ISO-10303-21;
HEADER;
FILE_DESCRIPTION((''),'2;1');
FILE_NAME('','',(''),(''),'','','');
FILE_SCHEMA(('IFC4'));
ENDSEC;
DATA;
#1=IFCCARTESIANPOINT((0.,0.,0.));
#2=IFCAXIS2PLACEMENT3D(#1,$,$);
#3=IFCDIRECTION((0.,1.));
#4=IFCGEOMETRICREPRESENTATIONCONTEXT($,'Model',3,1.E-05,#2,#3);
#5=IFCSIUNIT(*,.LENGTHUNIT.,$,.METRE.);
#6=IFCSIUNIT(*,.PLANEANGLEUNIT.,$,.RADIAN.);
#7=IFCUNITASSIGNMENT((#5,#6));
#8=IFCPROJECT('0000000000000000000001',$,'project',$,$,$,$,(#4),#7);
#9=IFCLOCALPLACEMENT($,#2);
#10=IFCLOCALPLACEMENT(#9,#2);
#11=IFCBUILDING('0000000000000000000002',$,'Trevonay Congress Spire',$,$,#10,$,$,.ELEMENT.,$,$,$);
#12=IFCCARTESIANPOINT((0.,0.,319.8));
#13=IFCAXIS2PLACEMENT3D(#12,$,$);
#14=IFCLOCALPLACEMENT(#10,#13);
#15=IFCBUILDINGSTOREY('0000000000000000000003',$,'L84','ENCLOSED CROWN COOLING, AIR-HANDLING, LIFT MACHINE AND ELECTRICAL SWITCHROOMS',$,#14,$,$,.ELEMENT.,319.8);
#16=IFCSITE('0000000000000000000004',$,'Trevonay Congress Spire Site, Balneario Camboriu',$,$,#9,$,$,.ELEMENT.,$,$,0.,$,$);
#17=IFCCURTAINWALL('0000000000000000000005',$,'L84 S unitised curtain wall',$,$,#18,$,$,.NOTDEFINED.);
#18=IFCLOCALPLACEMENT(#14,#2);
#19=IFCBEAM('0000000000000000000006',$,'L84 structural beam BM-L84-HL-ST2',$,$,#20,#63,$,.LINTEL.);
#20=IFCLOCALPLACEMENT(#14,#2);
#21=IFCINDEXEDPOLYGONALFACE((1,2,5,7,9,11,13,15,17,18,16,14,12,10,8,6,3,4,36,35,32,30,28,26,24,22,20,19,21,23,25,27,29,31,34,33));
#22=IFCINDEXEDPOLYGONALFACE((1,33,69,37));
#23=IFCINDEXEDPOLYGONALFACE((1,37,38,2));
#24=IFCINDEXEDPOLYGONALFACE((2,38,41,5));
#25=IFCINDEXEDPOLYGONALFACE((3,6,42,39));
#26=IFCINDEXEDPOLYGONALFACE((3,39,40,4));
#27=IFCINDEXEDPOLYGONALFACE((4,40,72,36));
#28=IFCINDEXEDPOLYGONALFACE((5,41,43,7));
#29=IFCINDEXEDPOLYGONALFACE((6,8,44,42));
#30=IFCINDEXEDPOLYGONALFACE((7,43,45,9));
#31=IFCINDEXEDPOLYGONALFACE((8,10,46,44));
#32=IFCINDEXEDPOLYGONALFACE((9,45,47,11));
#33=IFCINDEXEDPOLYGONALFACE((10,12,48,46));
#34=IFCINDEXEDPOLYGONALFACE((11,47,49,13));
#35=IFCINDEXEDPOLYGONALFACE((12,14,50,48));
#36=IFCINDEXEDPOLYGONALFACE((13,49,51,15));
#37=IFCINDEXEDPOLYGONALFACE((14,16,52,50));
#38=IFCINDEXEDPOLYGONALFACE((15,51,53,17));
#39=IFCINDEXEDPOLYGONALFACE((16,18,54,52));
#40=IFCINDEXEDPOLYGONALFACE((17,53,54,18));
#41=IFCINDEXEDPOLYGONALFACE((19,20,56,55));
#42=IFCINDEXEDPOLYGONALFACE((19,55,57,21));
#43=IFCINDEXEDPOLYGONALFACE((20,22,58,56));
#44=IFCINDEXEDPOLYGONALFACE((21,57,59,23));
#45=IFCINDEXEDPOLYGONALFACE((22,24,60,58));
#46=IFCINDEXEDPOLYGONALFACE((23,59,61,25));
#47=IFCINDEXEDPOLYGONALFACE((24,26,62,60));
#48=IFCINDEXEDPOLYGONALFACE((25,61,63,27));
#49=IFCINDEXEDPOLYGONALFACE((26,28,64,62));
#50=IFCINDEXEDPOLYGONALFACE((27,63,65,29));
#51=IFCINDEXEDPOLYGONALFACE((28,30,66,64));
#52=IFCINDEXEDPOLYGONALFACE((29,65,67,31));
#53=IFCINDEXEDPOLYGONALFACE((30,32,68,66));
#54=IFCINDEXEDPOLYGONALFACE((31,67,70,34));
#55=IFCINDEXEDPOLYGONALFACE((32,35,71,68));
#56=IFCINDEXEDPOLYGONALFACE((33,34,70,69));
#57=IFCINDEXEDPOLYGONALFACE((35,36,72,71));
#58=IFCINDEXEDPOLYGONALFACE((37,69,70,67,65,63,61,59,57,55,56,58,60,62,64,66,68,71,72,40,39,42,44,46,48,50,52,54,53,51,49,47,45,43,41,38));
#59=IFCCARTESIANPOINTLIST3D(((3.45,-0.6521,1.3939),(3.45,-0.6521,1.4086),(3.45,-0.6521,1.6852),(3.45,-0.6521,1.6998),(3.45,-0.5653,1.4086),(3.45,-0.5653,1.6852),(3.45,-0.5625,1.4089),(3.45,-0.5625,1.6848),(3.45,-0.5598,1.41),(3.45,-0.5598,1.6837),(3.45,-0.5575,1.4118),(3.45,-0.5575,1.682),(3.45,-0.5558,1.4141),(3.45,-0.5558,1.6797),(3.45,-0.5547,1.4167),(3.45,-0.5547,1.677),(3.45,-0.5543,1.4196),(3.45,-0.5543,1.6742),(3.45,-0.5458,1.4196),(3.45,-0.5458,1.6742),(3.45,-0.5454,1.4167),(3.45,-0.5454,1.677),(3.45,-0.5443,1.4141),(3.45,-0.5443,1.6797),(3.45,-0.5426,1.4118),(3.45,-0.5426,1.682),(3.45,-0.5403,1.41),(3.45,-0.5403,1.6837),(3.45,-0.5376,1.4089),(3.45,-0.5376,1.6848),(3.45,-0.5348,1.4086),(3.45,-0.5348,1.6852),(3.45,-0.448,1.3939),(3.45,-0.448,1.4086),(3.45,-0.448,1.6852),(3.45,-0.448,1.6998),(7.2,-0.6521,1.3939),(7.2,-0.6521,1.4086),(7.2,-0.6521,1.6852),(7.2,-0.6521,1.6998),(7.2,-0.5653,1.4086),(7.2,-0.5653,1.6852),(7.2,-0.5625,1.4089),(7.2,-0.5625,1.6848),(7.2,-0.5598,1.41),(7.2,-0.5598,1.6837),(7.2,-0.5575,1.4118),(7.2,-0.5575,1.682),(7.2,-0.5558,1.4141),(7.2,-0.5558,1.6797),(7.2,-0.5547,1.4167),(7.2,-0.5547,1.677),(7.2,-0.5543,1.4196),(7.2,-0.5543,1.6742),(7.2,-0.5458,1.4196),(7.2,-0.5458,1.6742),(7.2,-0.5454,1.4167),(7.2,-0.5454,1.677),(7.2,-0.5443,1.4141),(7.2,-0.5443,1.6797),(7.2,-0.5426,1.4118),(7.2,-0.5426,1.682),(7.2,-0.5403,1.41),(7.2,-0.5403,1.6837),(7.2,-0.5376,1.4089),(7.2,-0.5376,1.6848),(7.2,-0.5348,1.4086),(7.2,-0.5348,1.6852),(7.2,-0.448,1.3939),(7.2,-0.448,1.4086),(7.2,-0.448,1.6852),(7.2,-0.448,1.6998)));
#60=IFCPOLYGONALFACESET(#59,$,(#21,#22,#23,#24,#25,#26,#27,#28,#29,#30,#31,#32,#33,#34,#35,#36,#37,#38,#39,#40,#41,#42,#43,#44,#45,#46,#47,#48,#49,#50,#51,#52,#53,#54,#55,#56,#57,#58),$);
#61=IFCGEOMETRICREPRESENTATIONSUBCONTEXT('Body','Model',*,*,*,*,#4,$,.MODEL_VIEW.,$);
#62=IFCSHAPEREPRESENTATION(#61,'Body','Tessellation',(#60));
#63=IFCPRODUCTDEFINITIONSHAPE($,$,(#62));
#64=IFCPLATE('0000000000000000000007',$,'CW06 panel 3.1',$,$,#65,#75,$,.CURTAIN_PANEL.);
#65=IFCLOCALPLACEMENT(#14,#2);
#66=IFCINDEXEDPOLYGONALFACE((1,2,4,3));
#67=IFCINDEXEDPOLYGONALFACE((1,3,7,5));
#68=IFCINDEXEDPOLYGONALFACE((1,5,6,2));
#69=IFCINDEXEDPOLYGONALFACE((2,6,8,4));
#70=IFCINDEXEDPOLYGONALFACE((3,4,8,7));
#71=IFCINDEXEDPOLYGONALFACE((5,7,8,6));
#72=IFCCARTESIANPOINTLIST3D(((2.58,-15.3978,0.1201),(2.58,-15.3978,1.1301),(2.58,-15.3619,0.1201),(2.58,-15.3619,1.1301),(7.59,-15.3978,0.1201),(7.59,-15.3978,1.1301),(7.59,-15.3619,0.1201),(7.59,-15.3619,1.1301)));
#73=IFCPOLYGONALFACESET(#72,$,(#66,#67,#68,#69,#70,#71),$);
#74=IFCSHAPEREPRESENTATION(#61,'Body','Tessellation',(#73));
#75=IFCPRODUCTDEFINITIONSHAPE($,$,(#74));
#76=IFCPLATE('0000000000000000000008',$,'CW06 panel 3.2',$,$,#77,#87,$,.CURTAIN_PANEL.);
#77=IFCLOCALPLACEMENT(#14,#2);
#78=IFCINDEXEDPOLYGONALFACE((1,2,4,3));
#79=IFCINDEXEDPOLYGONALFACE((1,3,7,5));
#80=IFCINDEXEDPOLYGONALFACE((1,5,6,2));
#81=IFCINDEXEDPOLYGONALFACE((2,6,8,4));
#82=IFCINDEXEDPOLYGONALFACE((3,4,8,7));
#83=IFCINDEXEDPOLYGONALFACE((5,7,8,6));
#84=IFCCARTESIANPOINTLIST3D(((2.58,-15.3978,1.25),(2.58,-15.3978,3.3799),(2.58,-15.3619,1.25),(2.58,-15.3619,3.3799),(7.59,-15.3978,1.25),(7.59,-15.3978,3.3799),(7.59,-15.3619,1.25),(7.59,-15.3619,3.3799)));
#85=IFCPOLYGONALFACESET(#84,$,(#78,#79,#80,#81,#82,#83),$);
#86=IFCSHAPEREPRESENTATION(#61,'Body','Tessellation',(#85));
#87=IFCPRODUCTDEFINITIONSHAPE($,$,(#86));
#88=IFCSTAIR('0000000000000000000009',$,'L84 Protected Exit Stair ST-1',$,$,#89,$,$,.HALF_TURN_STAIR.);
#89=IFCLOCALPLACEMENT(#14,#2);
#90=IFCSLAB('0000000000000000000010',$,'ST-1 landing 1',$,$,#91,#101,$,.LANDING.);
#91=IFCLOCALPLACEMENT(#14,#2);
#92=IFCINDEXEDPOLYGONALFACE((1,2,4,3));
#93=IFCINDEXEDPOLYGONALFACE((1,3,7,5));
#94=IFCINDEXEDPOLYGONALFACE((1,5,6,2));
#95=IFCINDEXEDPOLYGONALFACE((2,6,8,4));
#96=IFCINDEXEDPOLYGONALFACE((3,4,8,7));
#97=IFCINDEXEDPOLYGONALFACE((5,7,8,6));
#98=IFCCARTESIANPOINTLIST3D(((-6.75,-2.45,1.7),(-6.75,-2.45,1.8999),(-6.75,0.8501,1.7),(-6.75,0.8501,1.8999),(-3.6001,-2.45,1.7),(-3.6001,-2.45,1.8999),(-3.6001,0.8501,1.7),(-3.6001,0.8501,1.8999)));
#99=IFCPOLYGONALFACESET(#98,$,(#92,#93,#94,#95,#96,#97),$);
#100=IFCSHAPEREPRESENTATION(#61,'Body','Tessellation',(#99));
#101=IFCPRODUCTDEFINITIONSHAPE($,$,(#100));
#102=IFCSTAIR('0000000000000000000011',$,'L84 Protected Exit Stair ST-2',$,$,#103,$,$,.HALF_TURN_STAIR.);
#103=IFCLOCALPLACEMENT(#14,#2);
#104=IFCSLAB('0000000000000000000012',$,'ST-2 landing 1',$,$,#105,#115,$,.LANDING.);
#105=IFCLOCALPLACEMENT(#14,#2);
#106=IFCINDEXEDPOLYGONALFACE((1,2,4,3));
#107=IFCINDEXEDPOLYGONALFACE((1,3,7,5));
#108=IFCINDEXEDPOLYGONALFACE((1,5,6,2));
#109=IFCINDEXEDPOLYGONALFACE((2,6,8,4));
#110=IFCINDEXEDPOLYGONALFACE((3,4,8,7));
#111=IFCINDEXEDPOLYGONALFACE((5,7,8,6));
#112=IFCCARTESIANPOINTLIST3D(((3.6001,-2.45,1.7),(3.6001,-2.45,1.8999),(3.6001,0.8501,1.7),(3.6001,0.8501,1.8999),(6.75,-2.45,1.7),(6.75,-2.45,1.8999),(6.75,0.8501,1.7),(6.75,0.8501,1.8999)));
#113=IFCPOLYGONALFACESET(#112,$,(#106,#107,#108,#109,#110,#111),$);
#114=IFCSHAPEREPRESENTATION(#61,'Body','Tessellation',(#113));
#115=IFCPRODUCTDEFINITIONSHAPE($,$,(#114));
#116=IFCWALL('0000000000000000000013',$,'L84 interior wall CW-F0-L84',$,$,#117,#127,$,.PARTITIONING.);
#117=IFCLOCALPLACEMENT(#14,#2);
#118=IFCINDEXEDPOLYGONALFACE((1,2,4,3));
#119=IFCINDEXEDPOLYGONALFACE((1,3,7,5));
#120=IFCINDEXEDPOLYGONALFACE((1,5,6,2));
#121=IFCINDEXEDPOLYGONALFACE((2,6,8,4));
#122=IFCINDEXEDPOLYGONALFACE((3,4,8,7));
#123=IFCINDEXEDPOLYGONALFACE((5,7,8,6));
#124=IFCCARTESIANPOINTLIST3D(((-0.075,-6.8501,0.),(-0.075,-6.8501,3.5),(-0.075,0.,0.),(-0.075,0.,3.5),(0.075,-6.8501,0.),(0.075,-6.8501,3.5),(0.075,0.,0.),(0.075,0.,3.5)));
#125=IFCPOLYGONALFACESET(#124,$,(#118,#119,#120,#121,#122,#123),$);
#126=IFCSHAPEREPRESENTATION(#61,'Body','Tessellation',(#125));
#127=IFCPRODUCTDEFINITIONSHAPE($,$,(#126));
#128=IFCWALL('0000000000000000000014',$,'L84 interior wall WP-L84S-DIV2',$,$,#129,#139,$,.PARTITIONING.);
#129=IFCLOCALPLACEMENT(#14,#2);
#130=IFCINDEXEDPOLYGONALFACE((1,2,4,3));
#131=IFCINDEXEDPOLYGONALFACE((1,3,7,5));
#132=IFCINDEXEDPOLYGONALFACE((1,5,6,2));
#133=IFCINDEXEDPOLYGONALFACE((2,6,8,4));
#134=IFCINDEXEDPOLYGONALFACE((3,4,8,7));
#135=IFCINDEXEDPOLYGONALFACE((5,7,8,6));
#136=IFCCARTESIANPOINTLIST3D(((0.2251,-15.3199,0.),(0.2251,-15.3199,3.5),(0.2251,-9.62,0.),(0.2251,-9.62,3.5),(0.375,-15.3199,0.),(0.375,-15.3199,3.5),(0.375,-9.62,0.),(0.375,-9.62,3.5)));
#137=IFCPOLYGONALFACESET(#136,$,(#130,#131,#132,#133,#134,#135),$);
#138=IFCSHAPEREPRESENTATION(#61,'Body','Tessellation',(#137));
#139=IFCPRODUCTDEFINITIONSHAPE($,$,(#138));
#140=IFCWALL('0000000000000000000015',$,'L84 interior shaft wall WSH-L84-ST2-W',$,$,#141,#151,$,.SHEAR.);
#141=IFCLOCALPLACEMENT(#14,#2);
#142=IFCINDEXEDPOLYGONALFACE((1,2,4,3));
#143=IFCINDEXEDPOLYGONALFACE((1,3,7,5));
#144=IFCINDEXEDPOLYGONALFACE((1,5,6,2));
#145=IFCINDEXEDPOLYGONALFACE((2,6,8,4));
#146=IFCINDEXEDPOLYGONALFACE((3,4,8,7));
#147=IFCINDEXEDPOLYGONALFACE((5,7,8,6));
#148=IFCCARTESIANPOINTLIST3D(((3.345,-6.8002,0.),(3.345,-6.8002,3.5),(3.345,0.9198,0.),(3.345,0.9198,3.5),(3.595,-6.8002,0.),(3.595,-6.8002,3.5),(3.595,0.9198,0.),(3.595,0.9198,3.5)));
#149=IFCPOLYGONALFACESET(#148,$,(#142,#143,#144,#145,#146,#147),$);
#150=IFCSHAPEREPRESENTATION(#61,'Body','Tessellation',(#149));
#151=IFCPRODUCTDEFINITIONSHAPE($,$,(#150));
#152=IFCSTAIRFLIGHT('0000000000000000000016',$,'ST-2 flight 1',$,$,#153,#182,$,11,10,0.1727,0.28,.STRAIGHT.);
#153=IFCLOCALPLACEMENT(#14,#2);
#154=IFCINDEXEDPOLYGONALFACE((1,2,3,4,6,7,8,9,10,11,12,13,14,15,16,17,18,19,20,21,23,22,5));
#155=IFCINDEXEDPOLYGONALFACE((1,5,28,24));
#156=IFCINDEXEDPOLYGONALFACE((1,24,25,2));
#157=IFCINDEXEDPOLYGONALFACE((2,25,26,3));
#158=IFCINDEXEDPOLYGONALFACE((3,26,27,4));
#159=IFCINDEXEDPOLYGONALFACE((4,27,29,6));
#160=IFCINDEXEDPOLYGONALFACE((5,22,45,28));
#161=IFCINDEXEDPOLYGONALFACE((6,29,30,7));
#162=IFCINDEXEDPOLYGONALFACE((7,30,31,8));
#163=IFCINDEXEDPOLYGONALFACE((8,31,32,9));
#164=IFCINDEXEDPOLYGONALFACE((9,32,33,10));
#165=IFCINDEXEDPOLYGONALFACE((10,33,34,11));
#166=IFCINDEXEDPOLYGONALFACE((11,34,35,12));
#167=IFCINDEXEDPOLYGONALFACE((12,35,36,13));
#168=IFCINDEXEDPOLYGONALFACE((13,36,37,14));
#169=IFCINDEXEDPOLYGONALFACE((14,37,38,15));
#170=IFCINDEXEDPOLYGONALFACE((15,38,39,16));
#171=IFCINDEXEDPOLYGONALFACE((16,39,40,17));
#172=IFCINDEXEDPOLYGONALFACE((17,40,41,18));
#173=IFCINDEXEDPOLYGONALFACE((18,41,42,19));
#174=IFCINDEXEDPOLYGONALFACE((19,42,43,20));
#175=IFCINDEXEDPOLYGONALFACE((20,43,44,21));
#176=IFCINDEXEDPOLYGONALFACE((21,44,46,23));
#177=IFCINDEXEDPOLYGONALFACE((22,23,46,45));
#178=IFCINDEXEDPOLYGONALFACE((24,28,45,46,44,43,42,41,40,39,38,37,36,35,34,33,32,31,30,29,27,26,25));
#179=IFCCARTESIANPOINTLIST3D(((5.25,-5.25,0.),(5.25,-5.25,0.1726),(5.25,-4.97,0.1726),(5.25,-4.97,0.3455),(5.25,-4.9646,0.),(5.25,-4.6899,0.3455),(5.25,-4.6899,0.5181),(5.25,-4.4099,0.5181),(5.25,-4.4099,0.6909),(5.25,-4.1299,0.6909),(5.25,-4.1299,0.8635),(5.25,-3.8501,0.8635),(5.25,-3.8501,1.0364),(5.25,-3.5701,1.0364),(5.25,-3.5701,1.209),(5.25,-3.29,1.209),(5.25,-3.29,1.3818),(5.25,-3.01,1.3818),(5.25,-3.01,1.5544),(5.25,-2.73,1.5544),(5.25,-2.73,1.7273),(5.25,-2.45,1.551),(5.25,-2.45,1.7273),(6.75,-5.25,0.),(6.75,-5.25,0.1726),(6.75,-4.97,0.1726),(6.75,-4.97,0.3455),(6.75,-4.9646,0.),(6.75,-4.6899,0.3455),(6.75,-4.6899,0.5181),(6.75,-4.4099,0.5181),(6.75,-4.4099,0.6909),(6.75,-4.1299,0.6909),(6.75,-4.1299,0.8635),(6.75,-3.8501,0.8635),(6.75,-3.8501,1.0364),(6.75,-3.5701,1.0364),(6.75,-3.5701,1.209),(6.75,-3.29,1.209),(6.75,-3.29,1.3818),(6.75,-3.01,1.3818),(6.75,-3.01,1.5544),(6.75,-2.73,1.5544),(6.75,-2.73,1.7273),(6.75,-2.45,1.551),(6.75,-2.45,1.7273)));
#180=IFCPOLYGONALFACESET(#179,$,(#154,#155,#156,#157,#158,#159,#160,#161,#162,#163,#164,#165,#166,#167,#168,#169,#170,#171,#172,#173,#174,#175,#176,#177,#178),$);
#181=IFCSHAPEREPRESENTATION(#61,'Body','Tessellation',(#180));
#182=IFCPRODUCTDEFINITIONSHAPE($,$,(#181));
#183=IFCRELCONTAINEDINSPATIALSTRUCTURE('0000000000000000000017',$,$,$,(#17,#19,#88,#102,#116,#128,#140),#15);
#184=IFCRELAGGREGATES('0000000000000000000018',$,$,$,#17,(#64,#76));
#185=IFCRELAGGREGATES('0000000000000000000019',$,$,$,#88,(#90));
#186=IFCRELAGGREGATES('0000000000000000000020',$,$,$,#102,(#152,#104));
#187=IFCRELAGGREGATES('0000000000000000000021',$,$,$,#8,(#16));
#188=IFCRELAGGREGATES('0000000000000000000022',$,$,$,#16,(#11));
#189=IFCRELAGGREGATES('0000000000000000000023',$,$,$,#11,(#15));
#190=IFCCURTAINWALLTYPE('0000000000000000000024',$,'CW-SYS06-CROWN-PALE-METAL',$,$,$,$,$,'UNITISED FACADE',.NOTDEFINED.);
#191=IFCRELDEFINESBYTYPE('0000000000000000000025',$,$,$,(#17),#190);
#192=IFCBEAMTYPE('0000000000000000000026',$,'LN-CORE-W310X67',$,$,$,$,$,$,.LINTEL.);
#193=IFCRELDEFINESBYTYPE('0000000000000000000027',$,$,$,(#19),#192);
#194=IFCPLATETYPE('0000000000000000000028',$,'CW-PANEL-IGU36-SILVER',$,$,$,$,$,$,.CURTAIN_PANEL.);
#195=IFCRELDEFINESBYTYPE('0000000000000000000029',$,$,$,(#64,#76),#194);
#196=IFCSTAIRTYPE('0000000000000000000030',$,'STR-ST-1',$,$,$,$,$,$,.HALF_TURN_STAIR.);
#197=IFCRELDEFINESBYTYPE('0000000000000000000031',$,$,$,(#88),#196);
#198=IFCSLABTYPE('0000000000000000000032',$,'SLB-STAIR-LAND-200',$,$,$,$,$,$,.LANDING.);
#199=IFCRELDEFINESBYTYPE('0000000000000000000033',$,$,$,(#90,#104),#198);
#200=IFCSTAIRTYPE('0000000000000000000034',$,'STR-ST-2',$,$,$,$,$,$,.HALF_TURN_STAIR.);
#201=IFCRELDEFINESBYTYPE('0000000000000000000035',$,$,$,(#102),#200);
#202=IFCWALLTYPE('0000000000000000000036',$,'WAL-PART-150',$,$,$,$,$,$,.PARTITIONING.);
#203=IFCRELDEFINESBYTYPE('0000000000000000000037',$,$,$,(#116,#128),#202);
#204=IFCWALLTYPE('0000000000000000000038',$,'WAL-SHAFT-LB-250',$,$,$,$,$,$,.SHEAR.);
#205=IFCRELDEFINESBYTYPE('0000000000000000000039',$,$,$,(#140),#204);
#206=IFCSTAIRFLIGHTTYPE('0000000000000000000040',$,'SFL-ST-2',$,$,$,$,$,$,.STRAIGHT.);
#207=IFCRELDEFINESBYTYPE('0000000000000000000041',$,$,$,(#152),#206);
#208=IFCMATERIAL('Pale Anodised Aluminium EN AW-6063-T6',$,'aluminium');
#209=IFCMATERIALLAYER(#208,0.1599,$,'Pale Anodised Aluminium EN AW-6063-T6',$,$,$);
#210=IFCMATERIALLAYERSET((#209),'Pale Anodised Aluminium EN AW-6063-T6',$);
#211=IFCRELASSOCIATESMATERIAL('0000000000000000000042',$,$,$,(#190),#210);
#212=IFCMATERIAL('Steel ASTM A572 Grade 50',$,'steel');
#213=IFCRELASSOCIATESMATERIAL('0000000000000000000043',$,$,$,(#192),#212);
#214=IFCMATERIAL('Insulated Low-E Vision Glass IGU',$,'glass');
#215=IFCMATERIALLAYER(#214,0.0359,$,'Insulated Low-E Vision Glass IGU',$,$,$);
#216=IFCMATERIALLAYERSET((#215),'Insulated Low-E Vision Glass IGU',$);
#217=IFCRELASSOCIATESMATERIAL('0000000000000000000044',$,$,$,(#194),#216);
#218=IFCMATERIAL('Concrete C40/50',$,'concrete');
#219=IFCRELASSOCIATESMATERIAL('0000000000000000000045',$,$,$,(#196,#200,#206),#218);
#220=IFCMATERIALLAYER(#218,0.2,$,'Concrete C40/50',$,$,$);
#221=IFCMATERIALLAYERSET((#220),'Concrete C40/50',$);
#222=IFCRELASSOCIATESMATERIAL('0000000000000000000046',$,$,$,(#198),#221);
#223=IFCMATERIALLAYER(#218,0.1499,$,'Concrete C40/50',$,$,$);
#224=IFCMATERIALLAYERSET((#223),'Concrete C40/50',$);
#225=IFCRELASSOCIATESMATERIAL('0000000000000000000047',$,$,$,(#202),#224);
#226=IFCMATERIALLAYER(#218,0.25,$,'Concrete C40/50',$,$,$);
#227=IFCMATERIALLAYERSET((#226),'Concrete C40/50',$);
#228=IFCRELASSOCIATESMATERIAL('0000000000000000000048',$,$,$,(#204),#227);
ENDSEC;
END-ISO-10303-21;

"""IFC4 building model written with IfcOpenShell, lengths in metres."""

from ifc_helpers import new_model, si_unit, direction, frame, frame_2d, origin, origin_2d, place, context, subcontext, project, spatial, polyline, rectangle, i_section, outline, extrude, material, layer, layer_set, material_profile, profile_set, type_object, element, aggregate, save


model = new_model("IFC4")

# Units and contexts
model_context = context("Model", 3, precision=1e-05, world=origin(), true_north=direction((0.0, 1.0)))
body_context = subcontext(model_context, "Body", "Model", "MODEL_VIEW")
ifc_project = project(units=[si_unit("LENGTHUNIT", "METRE"), si_unit("PLANEANGLEUNIT", "RADIAN")], contexts=[model_context])

# Site, building, storey
site_placement = place(None, origin())
site = spatial("IfcSite", under=ifc_project, at=site_placement, Name="Trevonay Congress Spire Site, Balneario Camboriu", CompositionType="ELEMENT", RefElevation=0.0)
building_placement = place(site_placement, origin())
building = spatial("IfcBuilding", under=site, at=building_placement, Name="Trevonay Congress Spire", CompositionType="ELEMENT")
storey_placement = place(building_placement, frame((0.0, 0.0, 319.8)))
storey = spatial("IfcBuildingStorey", under=building, at=storey_placement, Name="L84", Description="ENCLOSED CROWN COOLING, AIR-HANDLING, LIFT MACHINE AND ELECTRICAL SWITCHROOMS", CompositionType="ELEMENT", Elevation=319.8)

# Shared definitions
ifc_material_1 = material(Name="Steel ASTM A572 Grade 50", Category="steel")

# Curtain wall
ifc_material_2 = material(Name="Pale Anodised Aluminium EN AW-6063-T6", Category="aluminium")
ifc_layer_1 = layer(ifc_material_2, 0.1599, Name="Pale Anodised Aluminium EN AW-6063-T6")
ifc_layer_set_1 = layer_set([ifc_layer_1], Name="Pale Anodised Aluminium EN AW-6063-T6")
curtain_wall_type = type_object("IfcCurtainWallType", Name="CW-SYS06-CROWN-PALE-METAL", ElementType="UNITISED FACADE", PredefinedType="NOTDEFINED", material=ifc_layer_set_1)
curtain_wall_placement = place(storey_placement, origin())
curtain_wall = element("IfcCurtainWall", 1, at=curtain_wall_placement, inside=storey, type_object=curtain_wall_type, Name="L84 S unitised curtain wall", PredefinedType="NOTDEFINED")

# Beam
ifc_material_profile_1 = material_profile(ifc_material_1, i_section(OverallWidth=0.2041, OverallDepth=0.3059, WebThickness=0.0085, FlangeThickness=0.0146, FilletRadius=0.011, at=origin_2d()), Name="W310x67")
ifc_profile_set_1 = profile_set([ifc_material_profile_1], Name="Steel ASTM A572 Grade 50")
beam_type_1 = type_object("IfcBeamType", Name="LN-CORE-W310X67", PredefinedType="LINTEL", material=ifc_profile_set_1)
beam_1_placement = place(storey_placement, frame((3.45, -0.55, 1.5469), z_axis=(1.0, 0.0, 0.0), x_axis=(0.0, 1.0, 0.0)))
element("IfcBeam", 2, at=beam_1_placement, inside=storey, type_object=beam_type_1, Name="L84 structural beam BM-L84-HL-ST2", PredefinedType="LINTEL", context=body_context, shape_type="SweptSolid", body=[
    extrude(i_section(OverallWidth=0.2041, OverallDepth=0.3059, WebThickness=0.0085, FlangeThickness=0.0146, FilletRadius=0.011, at=origin_2d()), origin(), (0.0, 0.0, 1.0), 3.75),
])

# Plates
ifc_material_3 = material(Name="Insulated Low-E Vision Glass IGU", Category="glass")
ifc_layer_2 = layer(ifc_material_3, 0.0359, Name="Insulated Low-E Vision Glass IGU")
ifc_layer_set_2 = layer_set([ifc_layer_2], Name="Insulated Low-E Vision Glass IGU")
plate_type = type_object("IfcPlateType", Name="CW-PANEL-IGU36-SILVER", PredefinedType="CURTAIN_PANEL", material=ifc_layer_set_2)
plate_1_placement = place(storey_placement, frame((5.085, -15.3799, 0.1201), z_axis=(0.0, 0.0, 1.0), x_axis=(1.0, 0.0, 0.0)))
plate_1 = element("IfcPlate", 3, at=plate_1_placement, type_object=plate_type, Name="CW06 panel 3.1", PredefinedType="CURTAIN_PANEL", context=body_context, shape_type="SweptSolid", body=[
    extrude(rectangle(XDim=5.01, YDim=0.0359, at=origin_2d()), origin(), (0.0, 0.0, 1.0), 1.01),
])
plate_2_placement = place(storey_placement, frame((5.085, -15.3799, 1.25), z_axis=(0.0, 0.0, 1.0), x_axis=(1.0, 0.0, 0.0)))
plate_2 = element("IfcPlate", 4, at=plate_2_placement, type_object=plate_type, Name="CW06 panel 3.2", PredefinedType="CURTAIN_PANEL", context=body_context, shape_type="SweptSolid", body=[
    extrude(rectangle(XDim=5.01, YDim=0.0359, at=origin_2d()), origin(), (0.0, 0.0, 1.0), 2.1299),
])
aggregate(curtain_wall, [plate_1, plate_2])

# Stairs, slabs
ifc_material_4 = material(Name="Concrete C40/50", Category="concrete")
stair_type_1 = type_object("IfcStairType", Name="STR-ST-1", PredefinedType="HALF_TURN_STAIR", material=ifc_material_4)
stair_1_placement = place(storey_placement, origin())
stair_1 = element("IfcStair", 5, at=stair_1_placement, inside=storey, type_object=stair_type_1, Name="L84 Protected Exit Stair ST-1", PredefinedType="HALF_TURN_STAIR")
ifc_layer_3 = layer(ifc_material_4, 0.2, Name="Concrete C40/50")
ifc_layer_set_3 = layer_set([ifc_layer_3], Name="Concrete C40/50")
slab_type = type_object("IfcSlabType", Name="SLB-STAIR-LAND-200", PredefinedType="LANDING", material=ifc_layer_set_3)
slab_1_placement = place(storey_placement, frame((0.0, 0.0, 1.7)))
slab_1 = element("IfcSlab", 6, at=slab_1_placement, type_object=slab_type, Name="ST-1 landing 1", PredefinedType="LANDING", context=body_context, shape_type="SweptSolid", body=[
    extrude(outline(polyline([(-3.6001, -2.45), (-3.6001, 0.8501), (-6.75, 0.8501), (-6.75, -2.45), (-3.6001, -2.45)])), origin(), (0.0, 0.0, 1.0), 0.2),
])
aggregate(stair_1, [slab_1])
stair_type_2 = type_object("IfcStairType", Name="STR-ST-2", PredefinedType="HALF_TURN_STAIR", material=ifc_material_4)
stair_2_placement = place(storey_placement, origin())
stair_2 = element("IfcStair", 7, at=stair_2_placement, inside=storey, type_object=stair_type_2, Name="L84 Protected Exit Stair ST-2", PredefinedType="HALF_TURN_STAIR")
slab_2_placement = place(storey_placement, frame((0.0, 0.0, 1.7)))
slab_2 = element("IfcSlab", 8, at=slab_2_placement, type_object=slab_type, Name="ST-2 landing 1", PredefinedType="LANDING", context=body_context, shape_type="SweptSolid", body=[
    extrude(outline(polyline([(6.75, -2.45), (6.75, 0.8501), (3.6001, 0.8501), (3.6001, -2.45), (6.75, -2.45)])), origin(), (0.0, 0.0, 1.0), 0.2),
])

# Walls
ifc_layer_4 = layer(ifc_material_4, 0.1499, Name="Concrete C40/50")
ifc_layer_set_4 = layer_set([ifc_layer_4], Name="Concrete C40/50")
wall_type_1 = type_object("IfcWallType", Name="WAL-PART-150", PredefinedType="PARTITIONING", material=ifc_layer_set_4)
wall_1_placement = place(storey_placement, frame((0.0, -6.8501, 0.0), z_axis=(0.0, 0.0, 1.0), x_axis=(0.0, 1.0, 0.0)))
element("IfcWall", 9, at=wall_1_placement, inside=storey, type_object=wall_type_1, Name="L84 interior wall CW-F0-L84", PredefinedType="PARTITIONING", context=body_context, shape_type="SweptSolid", body=[
    extrude(rectangle(XDim=6.8501, YDim=0.1499, at=frame_2d((3.425, 0.0))), origin(), (0.0, 0.0, 1.0), 3.5),
])
wall_2_placement = place(storey_placement, frame((0.3, -15.3201, 0.0), z_axis=(0.0, 0.0, 1.0), x_axis=(0.0, 1.0, 0.0)))
element("IfcWall", 10, at=wall_2_placement, inside=storey, type_object=wall_type_1, Name="L84 interior wall WP-L84S-DIV2", PredefinedType="PARTITIONING", context=body_context, shape_type="SweptSolid", body=[
    extrude(rectangle(XDim=5.7, YDim=0.1499, at=frame_2d((2.8501, 0.0))), origin(), (0.0, 0.0, 1.0), 3.5),
])
ifc_layer_5 = layer(ifc_material_4, 0.25, Name="Concrete C40/50")
ifc_layer_set_5 = layer_set([ifc_layer_5], Name="Concrete C40/50")
wall_type_2 = type_object("IfcWallType", Name="WAL-SHAFT-LB-250", PredefinedType="SHEAR", material=ifc_layer_set_5)
wall_3_placement = place(storey_placement, frame((3.47, -6.8, 0.0), z_axis=(0.0, 0.0, 1.0), x_axis=(0.0, 1.0, 0.0)))
element("IfcWall", 11, at=wall_3_placement, inside=storey, type_object=wall_type_2, Name="L84 interior shaft wall WSH-L84-ST2-W", PredefinedType="SHEAR", context=body_context, shape_type="SweptSolid", body=[
    extrude(rectangle(XDim=7.72, YDim=0.25, at=frame_2d((3.8599, 0.0))), origin(), (0.0, 0.0, 1.0), 3.5),
])

# Stair flight
stair_flight_type = type_object("IfcStairFlightType", Name="SFL-ST-2", PredefinedType="STRAIGHT", material=ifc_material_4)
stair_flight_1_placement = place(storey_placement, frame((6.0, -5.25, 0.0), z_axis=(0.0, 0.0, 1.0), x_axis=(0.0, 1.0, 0.0)))
stair_flight_1 = element("IfcStairFlight", 12, at=stair_flight_1_placement, type_object=stair_flight_type, Name="ST-2 flight 1", NumberOfRisers=11, NumberOfTreads=10, PredefinedType="STRAIGHT", RiserHeight=0.1727, TreadLength=0.28, context=body_context, shape_type="SweptSolid", body=[
    extrude(outline(polyline([(0.0, 0.0), (0.0, 0.1726), (0.28, 0.1726), (0.28, 0.3455), (0.5601, 0.3455), (0.5601, 0.5181), (0.8401, 0.5181), (0.8401, 0.6909), (1.1201, 0.6909), (1.1201, 0.8635), (1.3999, 0.8635), (1.3999, 1.0364), (1.6799, 1.0364), (1.6799, 1.209), (1.96, 1.209), (1.96, 1.3818), (2.24, 1.3818), (2.24, 1.5544), (2.52, 1.5544), (2.52, 1.7273), (2.8, 1.7273), (2.8, 1.8999), (2.8, 1.551), (0.2854, 0.0), (0.0, 0.0)])), frame((0.0, 0.75, 0.0), z_axis=(0.0, -1.0, 0.0), x_axis=(1.0, 0.0, 0.0)), (0.0, 0.0, 1.0), 1.5),
])
aggregate(stair_2, [stair_flight_1, slab_2])

save(model, "model.ifc")
